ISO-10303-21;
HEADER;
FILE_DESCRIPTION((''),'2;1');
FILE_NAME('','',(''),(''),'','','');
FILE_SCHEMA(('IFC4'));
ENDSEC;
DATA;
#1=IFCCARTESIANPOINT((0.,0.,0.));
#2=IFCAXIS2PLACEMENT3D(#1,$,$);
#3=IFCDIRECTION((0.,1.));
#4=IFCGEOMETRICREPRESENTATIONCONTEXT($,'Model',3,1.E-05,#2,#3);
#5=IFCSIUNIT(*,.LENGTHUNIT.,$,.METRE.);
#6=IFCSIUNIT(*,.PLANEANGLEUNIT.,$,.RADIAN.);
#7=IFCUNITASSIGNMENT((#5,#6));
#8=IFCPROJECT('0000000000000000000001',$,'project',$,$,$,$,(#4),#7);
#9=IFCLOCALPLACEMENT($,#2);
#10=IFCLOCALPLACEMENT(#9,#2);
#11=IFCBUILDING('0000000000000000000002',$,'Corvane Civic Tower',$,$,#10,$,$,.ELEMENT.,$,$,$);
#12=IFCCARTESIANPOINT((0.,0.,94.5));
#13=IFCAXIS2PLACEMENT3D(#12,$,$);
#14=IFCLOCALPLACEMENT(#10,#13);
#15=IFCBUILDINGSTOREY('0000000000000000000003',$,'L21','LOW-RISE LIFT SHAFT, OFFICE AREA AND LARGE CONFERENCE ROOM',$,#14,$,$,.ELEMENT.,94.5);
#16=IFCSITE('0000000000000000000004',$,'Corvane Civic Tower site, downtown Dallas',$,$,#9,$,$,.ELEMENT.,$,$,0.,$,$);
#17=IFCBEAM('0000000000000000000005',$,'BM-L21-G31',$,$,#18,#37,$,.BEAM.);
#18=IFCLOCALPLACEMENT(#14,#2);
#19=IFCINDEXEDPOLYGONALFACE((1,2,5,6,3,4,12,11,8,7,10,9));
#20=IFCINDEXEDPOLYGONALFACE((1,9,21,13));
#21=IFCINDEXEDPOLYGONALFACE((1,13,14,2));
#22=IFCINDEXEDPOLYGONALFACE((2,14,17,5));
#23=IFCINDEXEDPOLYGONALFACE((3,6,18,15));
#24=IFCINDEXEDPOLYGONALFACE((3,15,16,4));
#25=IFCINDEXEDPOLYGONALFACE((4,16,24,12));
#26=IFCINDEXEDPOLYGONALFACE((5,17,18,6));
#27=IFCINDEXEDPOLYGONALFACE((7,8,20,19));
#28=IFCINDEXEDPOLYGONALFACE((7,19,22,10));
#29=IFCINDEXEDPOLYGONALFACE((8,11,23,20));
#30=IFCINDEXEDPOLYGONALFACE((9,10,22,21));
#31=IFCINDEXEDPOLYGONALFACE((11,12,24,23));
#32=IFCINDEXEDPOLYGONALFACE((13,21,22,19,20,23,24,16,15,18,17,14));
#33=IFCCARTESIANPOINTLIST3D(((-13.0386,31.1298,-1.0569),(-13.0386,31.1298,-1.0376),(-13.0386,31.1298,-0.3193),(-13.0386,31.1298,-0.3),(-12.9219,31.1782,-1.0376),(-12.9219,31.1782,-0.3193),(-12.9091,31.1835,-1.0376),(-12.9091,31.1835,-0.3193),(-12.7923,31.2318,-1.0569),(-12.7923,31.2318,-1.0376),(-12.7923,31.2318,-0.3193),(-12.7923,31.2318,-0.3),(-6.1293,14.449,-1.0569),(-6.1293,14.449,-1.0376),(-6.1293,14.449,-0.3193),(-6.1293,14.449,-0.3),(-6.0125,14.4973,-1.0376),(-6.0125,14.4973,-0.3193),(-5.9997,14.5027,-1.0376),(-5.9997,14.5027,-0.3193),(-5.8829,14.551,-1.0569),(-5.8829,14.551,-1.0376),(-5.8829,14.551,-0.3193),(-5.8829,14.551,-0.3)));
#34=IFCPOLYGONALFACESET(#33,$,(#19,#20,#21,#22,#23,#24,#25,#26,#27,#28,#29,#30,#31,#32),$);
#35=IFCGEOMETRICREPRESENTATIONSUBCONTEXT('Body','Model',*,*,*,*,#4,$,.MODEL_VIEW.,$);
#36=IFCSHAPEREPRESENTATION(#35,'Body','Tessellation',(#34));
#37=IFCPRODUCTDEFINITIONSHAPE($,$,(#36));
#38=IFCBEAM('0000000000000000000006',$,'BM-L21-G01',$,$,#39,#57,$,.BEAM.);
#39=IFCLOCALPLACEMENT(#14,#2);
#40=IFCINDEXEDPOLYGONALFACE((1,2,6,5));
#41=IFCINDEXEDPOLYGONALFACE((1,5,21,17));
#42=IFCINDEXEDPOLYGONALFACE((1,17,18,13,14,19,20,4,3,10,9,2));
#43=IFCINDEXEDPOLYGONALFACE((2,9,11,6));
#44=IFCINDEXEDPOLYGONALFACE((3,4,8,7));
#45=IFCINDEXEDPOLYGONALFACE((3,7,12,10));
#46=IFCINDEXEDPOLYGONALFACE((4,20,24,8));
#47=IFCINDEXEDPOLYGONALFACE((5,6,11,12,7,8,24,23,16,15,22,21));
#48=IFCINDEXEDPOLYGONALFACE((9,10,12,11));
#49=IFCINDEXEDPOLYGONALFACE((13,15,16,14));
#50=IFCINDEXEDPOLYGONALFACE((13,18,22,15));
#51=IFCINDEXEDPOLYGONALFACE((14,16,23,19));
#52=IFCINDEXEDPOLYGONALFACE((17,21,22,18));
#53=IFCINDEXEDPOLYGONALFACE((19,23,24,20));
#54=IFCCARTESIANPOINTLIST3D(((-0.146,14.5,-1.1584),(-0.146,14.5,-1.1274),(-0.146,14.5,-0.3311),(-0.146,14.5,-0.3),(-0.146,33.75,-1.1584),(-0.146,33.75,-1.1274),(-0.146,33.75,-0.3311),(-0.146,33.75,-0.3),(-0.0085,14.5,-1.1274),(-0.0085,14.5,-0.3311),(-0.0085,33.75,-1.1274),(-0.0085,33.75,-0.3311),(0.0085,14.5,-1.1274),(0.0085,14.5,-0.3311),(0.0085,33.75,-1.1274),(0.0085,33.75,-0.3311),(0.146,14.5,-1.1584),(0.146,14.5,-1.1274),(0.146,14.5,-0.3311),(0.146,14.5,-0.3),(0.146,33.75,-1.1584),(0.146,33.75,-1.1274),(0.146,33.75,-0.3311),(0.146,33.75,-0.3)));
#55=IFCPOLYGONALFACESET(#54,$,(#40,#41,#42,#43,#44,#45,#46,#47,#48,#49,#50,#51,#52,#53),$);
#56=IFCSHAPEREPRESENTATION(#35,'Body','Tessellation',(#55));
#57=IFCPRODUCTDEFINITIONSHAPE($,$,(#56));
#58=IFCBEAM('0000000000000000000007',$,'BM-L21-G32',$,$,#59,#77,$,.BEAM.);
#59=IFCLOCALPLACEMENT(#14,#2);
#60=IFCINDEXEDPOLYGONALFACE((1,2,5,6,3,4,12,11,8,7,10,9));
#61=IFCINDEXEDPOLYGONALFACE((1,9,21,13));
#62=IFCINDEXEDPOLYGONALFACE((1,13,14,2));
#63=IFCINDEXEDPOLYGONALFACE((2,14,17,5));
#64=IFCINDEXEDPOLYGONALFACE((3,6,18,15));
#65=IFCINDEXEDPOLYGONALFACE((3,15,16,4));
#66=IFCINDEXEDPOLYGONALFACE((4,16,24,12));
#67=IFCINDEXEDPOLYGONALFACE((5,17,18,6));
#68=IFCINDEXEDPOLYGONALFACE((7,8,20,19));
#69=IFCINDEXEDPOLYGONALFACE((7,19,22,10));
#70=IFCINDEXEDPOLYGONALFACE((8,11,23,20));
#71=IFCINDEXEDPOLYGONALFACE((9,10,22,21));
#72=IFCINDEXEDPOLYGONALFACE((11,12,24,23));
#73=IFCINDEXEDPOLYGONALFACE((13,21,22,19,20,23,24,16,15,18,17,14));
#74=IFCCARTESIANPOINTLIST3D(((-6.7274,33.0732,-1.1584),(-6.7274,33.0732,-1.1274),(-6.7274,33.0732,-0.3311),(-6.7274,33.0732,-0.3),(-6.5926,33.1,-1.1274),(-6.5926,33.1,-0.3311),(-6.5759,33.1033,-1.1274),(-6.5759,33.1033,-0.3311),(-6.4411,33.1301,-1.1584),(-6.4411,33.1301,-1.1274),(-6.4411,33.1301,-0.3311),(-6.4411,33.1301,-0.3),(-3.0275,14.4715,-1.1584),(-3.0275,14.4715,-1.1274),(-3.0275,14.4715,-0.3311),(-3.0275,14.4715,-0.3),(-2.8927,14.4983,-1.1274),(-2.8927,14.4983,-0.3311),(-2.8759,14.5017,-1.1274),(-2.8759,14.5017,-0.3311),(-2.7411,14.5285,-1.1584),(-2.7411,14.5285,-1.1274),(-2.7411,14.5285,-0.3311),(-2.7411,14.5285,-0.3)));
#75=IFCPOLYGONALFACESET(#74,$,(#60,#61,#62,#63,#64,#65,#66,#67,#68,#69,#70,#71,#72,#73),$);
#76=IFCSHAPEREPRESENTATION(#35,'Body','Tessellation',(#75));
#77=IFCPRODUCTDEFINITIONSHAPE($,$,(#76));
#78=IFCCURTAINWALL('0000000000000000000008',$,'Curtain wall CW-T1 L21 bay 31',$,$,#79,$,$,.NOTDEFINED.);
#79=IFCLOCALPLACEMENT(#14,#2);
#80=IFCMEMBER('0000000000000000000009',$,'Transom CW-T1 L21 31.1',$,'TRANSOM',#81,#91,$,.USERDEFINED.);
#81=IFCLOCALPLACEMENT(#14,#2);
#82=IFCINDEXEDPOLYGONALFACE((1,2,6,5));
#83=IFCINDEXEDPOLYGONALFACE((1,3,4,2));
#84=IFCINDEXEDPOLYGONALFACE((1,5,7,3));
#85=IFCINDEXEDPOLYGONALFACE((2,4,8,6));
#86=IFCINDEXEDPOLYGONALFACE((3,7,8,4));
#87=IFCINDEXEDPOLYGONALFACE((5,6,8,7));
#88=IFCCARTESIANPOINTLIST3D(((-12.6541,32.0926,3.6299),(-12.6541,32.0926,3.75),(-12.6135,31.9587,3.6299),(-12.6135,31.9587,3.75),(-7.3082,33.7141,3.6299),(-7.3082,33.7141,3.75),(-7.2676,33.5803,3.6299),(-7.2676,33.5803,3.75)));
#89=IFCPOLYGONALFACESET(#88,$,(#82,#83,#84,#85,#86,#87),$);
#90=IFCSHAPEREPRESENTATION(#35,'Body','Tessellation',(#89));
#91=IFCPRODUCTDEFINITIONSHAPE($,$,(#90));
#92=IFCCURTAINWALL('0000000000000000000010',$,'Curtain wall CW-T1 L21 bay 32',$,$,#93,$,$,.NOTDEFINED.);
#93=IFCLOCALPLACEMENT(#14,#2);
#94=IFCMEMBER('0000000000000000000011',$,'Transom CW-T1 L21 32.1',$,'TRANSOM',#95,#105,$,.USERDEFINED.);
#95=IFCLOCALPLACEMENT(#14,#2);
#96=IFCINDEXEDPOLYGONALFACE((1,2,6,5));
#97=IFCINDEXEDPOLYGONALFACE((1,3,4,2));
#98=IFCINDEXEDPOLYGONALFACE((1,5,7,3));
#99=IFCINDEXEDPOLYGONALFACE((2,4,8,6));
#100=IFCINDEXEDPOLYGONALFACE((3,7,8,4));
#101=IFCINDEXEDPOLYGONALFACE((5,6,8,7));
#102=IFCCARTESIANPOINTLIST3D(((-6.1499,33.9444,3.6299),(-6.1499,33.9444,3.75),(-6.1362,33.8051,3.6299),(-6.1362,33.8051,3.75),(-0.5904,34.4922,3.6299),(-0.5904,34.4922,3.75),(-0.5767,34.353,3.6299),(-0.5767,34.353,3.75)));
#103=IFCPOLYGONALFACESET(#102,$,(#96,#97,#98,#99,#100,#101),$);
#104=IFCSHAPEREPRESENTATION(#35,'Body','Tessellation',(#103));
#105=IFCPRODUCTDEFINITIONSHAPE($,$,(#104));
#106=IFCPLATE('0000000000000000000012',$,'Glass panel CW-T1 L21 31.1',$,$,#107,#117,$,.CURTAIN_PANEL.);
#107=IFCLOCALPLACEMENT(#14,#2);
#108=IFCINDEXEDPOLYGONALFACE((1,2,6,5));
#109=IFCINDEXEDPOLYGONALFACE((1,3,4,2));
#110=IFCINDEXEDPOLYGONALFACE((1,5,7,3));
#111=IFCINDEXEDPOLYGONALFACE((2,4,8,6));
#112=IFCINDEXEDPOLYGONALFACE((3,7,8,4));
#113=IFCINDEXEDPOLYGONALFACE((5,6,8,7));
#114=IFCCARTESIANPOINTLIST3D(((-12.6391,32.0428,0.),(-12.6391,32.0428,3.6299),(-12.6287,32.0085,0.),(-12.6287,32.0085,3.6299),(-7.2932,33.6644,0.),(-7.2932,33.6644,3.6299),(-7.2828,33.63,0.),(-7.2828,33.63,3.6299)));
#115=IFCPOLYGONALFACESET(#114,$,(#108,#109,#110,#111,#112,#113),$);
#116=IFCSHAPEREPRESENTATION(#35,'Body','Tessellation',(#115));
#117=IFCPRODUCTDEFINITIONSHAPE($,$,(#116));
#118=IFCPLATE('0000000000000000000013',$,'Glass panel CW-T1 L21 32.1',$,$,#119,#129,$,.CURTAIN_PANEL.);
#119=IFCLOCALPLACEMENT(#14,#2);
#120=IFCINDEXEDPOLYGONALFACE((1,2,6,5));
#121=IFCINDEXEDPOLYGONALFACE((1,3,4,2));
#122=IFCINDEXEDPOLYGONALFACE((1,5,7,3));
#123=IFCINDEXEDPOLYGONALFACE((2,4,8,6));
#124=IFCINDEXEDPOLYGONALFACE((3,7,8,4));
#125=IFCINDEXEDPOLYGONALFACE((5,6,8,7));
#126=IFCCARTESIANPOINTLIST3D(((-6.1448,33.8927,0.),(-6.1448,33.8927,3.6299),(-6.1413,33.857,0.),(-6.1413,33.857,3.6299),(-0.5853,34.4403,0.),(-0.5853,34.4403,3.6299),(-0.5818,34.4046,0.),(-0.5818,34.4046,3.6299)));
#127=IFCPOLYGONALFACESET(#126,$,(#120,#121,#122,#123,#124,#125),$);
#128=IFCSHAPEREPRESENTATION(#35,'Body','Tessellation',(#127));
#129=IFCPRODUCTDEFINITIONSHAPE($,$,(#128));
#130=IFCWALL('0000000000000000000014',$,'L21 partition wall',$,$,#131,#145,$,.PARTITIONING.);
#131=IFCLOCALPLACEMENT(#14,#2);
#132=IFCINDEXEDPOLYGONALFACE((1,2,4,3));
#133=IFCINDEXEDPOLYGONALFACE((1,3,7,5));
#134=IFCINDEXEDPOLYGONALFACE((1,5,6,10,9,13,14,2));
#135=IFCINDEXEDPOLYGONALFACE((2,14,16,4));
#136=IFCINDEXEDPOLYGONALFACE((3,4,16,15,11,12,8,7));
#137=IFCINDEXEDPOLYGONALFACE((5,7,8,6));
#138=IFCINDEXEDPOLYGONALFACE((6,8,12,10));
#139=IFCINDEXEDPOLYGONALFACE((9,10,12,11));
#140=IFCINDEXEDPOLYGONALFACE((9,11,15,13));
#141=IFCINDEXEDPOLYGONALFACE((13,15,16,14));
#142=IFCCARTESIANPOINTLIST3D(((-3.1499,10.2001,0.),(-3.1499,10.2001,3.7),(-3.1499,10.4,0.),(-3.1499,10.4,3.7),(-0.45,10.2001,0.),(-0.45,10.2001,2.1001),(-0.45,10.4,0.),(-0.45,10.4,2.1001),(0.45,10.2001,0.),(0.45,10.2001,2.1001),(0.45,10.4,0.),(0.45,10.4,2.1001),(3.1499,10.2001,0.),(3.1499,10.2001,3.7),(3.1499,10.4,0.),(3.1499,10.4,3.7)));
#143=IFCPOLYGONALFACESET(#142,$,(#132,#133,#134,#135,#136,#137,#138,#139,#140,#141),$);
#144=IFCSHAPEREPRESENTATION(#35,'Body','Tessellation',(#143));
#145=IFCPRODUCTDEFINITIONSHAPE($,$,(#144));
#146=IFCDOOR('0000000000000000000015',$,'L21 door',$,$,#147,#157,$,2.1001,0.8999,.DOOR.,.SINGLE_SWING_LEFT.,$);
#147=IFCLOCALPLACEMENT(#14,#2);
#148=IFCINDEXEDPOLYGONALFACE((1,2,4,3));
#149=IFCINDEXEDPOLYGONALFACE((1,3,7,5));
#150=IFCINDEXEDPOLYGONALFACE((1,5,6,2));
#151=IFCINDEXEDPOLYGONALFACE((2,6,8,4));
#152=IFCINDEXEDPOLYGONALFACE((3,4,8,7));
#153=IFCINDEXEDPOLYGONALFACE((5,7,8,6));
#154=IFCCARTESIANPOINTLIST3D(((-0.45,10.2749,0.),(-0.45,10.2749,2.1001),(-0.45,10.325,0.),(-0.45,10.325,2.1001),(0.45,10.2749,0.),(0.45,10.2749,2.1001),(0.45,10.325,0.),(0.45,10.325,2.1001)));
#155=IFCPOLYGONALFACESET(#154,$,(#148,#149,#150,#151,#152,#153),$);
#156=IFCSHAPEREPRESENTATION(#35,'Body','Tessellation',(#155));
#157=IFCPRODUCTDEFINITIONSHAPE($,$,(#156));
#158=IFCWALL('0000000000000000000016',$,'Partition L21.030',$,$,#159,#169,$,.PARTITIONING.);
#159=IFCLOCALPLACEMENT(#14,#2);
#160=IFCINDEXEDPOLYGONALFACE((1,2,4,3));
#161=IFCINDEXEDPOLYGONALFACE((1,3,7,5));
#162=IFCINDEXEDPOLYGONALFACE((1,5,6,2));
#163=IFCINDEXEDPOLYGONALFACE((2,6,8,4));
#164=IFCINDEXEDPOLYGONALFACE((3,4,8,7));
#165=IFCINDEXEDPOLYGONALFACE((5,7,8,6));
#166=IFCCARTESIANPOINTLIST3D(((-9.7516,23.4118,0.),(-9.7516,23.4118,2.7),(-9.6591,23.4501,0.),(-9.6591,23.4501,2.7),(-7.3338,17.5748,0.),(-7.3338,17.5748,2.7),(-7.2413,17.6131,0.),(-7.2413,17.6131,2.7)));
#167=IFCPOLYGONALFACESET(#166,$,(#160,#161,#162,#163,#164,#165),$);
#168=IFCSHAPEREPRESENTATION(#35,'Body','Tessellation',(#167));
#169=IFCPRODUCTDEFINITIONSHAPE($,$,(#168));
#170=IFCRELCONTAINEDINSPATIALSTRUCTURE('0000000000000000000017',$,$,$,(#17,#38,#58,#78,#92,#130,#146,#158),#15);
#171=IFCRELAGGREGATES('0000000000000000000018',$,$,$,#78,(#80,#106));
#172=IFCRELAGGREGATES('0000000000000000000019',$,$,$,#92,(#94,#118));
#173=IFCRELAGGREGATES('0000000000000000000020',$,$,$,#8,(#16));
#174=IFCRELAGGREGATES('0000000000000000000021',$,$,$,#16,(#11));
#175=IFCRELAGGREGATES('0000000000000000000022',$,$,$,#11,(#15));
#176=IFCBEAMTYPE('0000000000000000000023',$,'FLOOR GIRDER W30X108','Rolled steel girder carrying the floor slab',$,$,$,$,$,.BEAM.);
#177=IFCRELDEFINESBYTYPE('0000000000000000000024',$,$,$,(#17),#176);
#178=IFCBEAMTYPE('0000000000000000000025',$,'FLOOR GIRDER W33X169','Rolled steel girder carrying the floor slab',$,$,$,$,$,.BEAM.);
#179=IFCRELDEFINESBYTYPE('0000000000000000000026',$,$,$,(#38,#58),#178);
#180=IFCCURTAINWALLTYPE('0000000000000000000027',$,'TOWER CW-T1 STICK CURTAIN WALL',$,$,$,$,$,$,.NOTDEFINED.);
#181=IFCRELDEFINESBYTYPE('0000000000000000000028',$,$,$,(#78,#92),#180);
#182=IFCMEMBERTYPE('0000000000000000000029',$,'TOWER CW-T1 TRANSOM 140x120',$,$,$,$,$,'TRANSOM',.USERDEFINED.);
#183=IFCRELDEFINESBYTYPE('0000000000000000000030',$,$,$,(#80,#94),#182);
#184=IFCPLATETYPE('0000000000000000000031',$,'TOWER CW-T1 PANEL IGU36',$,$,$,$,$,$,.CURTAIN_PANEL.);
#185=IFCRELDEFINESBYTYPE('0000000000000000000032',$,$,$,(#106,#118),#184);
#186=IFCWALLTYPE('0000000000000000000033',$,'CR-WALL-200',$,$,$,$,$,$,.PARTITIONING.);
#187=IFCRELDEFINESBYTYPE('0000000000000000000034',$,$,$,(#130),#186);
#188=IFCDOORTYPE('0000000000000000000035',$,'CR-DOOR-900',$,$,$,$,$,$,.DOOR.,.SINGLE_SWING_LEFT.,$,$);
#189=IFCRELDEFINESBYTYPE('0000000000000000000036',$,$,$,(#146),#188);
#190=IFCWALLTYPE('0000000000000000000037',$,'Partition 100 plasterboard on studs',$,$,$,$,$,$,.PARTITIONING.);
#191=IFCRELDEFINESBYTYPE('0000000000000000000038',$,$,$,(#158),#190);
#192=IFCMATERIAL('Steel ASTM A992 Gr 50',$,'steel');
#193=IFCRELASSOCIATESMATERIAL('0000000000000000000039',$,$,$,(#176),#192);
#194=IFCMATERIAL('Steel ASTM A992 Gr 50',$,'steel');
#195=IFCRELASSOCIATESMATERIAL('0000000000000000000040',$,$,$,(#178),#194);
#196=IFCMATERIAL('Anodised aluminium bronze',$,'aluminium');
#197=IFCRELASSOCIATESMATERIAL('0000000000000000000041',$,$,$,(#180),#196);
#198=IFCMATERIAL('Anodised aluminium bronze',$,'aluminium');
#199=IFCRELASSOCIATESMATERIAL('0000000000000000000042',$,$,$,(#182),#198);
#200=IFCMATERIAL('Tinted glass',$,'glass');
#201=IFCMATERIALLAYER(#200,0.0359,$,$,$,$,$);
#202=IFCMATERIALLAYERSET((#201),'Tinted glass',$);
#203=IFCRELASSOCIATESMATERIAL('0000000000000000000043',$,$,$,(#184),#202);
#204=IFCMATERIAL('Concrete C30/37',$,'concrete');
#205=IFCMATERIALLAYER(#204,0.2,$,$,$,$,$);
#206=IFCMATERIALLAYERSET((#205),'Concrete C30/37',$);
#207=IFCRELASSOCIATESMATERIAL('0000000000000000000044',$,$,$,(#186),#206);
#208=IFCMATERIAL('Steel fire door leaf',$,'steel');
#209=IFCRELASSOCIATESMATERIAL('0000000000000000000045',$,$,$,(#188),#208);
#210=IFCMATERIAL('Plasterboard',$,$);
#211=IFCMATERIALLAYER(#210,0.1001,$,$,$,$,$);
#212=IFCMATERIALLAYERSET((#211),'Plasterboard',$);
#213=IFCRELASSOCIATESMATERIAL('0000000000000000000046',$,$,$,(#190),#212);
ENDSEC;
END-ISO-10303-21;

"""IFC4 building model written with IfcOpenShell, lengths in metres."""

from ifc_helpers import new_model, si_unit, direction, frame, frame_2d, origin, origin_2d, place, context, subcontext, project, spatial, rectangle, i_section, extrude, material, layer, layer_set, material_profile, profile_set, type_object, element, fill, aggregate, save


model = new_model("IFC4")

# Units and contexts
model_context = context("Model", 3, precision=1e-05, world=origin(), true_north=direction((0.0, 1.0)))
body_context = subcontext(model_context, "Body", "Model", "MODEL_VIEW")
ifc_project = project(units=[si_unit("LENGTHUNIT", "METRE"), si_unit("PLANEANGLEUNIT", "RADIAN")], contexts=[model_context])

# Site, building, storey
site_placement = place(None, origin())
site = spatial("IfcSite", under=ifc_project, at=site_placement, Name="Corvane Civic Tower site, downtown Dallas", CompositionType="ELEMENT", RefElevation=0.0)
building_placement = place(site_placement, origin())
building = spatial("IfcBuilding", under=site, at=building_placement, Name="Corvane Civic Tower", CompositionType="ELEMENT")
storey_placement = place(building_placement, frame((0.0, 0.0, 94.5)))
storey = spatial("IfcBuildingStorey", under=building, at=storey_placement, Name="L21", Description="LOW-RISE LIFT SHAFT, OFFICE AREA AND LARGE CONFERENCE ROOM", CompositionType="ELEMENT", Elevation=94.5)

# Beams
ifc_material_1 = material(Name="Steel ASTM A992 Gr 50", Category="steel")
ifc_material_profile_1 = material_profile(ifc_material_1, i_section(OverallWidth=0.2666, OverallDepth=0.7568, WebThickness=0.0139, FlangeThickness=0.0193, at=origin_2d()), Name="W30X108")
ifc_profile_set_1 = profile_set([ifc_material_profile_1], Name="Steel ASTM A992 Gr 50")
beam_type_1 = type_object("IfcBeamType", Name="FLOOR GIRDER W30X108", Description="Rolled steel girder carrying the floor slab", PredefinedType="BEAM", material=ifc_profile_set_1)
beam_1_placement = place(storey_placement, frame((-6.0061, 14.5, -0.6785), z_axis=(-0.382682, 0.92388, 0.0), x_axis=(-0.92388, -0.382682, 0.0)))
element("IfcBeam", 1, at=beam_1_placement, inside=storey, type_object=beam_type_1, Name="BM-L21-G31", PredefinedType="BEAM", context=body_context, shape_type="SweptSolid", body=[
    extrude(i_section(OverallWidth=0.2666, OverallDepth=0.7568, WebThickness=0.0139, FlangeThickness=0.0193, at=origin_2d()), origin(), (0.0, 0.0, 1.0), 18.0552),
])
ifc_material_2 = material(Name="Steel ASTM A992 Gr 50", Category="steel")
ifc_material_profile_2 = material_profile(ifc_material_2, i_section(OverallWidth=0.292, OverallDepth=0.8584, WebThickness=0.0171, FlangeThickness=0.031, at=origin_2d()), Name="W33X169")
ifc_profile_set_2 = profile_set([ifc_material_profile_2], Name="Steel ASTM A992 Gr 50")
beam_type_2 = type_object("IfcBeamType", Name="FLOOR GIRDER W33X169", Description="Rolled steel girder carrying the floor slab", PredefinedType="BEAM", material=ifc_profile_set_2)
beam_2_placement = place(storey_placement, frame((0.0, 14.5, -0.7292), z_axis=(0.0, 1.0, 0.0), x_axis=(-1.0, 0.0, 0.0)))
element("IfcBeam", 2, at=beam_2_placement, inside=storey, type_object=beam_type_2, Name="BM-L21-G01", PredefinedType="BEAM", context=body_context, shape_type="SweptSolid", body=[
    extrude(i_section(OverallWidth=0.292, OverallDepth=0.8584, WebThickness=0.0171, FlangeThickness=0.031, at=origin_2d()), origin(), (0.0, 0.0, 1.0), 19.25),
])
beam_3_placement = place(storey_placement, frame((-2.8843, 14.5, -0.7292), z_axis=(-0.195084, 0.980787, 0.0), x_axis=(-0.980787, -0.195084, 0.0)))
element("IfcBeam", 3, at=beam_3_placement, inside=storey, type_object=beam_type_2, Name="BM-L21-G32", PredefinedType="BEAM", context=body_context, shape_type="SweptSolid", body=[
    extrude(i_section(OverallWidth=0.292, OverallDepth=0.8584, WebThickness=0.0171, FlangeThickness=0.031, at=origin_2d()), origin(), (0.0, 0.0, 1.0), 18.9661),
])

# Curtain walls, members
ifc_material_3 = material(Name="Anodised aluminium bronze", Category="aluminium")
curtain_wall_type = type_object("IfcCurtainWallType", Name="TOWER CW-T1 STICK CURTAIN WALL", PredefinedType="NOTDEFINED", material=ifc_material_3)
curtain_wall_1_placement = place(storey_placement, origin())
curtain_wall_1 = element("IfcCurtainWall", 4, at=curtain_wall_1_placement, inside=storey, type_object=curtain_wall_type, Name="Curtain wall CW-T1 L21 bay 31", PredefinedType="NOTDEFINED")
ifc_material_4 = material(Name="Anodised aluminium bronze", Category="aluminium")
ifc_material_profile_3 = material_profile(ifc_material_4, rectangle(XDim=0.1399, YDim=0.1201, at=origin_2d()), Name="TOWER CW-T1 TRANSOM 140x120")
ifc_profile_set_3 = profile_set([ifc_material_profile_3], Name="Anodised aluminium bronze")
member_type = type_object("IfcMemberType", Name="TOWER CW-T1 TRANSOM 140x120", ElementType="TRANSOM", PredefinedType="USERDEFINED", material=ifc_profile_set_3)
member_1_placement = place(storey_placement, frame((-12.6338, 32.0256, 3.6899), z_axis=(0.956945, 0.290269, 0.0), x_axis=(-0.290269, 0.956945, 0.0)))
member_1 = element("IfcMember", 5, at=member_1_placement, type_object=member_type, Name="Transom CW-T1 L21 31.1", ObjectType="TRANSOM", PredefinedType="USERDEFINED", context=body_context, shape_type="SweptSolid", body=[
    extrude(rectangle(XDim=0.1399, YDim=0.1201, at=origin_2d()), origin(), (0.0, 0.0, 1.0), 5.5864),
])
curtain_wall_2_placement = place(storey_placement, origin())
curtain_wall_2 = element("IfcCurtainWall", 6, at=curtain_wall_2_placement, inside=storey, type_object=curtain_wall_type, Name="Curtain wall CW-T1 L21 bay 32", PredefinedType="NOTDEFINED")
member_2_placement = place(storey_placement, frame((-6.1431, 33.8748, 3.6899), z_axis=(0.99518, 0.098067, 0.0), x_axis=(-0.098067, 0.99518, 0.0)))
member_2 = element("IfcMember", 7, at=member_2_placement, type_object=member_type, Name="Transom CW-T1 L21 32.1", ObjectType="TRANSOM", PredefinedType="USERDEFINED", context=body_context, shape_type="SweptSolid", body=[
    extrude(rectangle(XDim=0.1399, YDim=0.1201, at=origin_2d()), origin(), (0.0, 0.0, 1.0), 5.5864),
])

# Plates
ifc_material_5 = material(Name="Tinted glass", Category="glass")
ifc_layer_1 = layer(ifc_material_5, 0.0359)
ifc_layer_set_1 = layer_set([ifc_layer_1], Name="Tinted glass")
plate_type = type_object("IfcPlateType", Name="TOWER CW-T1 PANEL IGU36", PredefinedType="CURTAIN_PANEL", material=ifc_layer_set_1)
plate_1_placement = place(storey_placement, frame((-9.9609, 32.8364, 0.0), z_axis=(0.0, 0.0, 1.0), x_axis=(0.956946, 0.290266, 0.0)))
plate_1 = element("IfcPlate", 8, at=plate_1_placement, type_object=plate_type, Name="Glass panel CW-T1 L21 31.1", PredefinedType="CURTAIN_PANEL", context=body_context, shape_type="SweptSolid", body=[
    extrude(rectangle(XDim=5.5864, YDim=0.0359, at=origin_2d()), origin(), (0.0, 0.0, 1.0), 3.6299),
])
aggregate(curtain_wall_1, [member_1, plate_1])
plate_2_placement = place(storey_placement, frame((-3.3633, 34.1487, 0.0), z_axis=(0.0, 0.0, 1.0), x_axis=(0.995184, 0.098027, 0.0)))
plate_2 = element("IfcPlate", 9, at=plate_2_placement, type_object=plate_type, Name="Glass panel CW-T1 L21 32.1", PredefinedType="CURTAIN_PANEL", context=body_context, shape_type="SweptSolid", body=[
    extrude(rectangle(XDim=5.5864, YDim=0.0359, at=origin_2d()), origin(), (0.0, 0.0, 1.0), 3.6299),
])
aggregate(curtain_wall_2, [member_2, plate_2])

# Wall, opening, door
ifc_material_6 = material(Name="Concrete C30/37", Category="concrete")
ifc_layer_2 = layer(ifc_material_6, 0.2)
ifc_layer_set_2 = layer_set([ifc_layer_2], Name="Concrete C30/37")
wall_type_1 = type_object("IfcWallType", Name="CR-WALL-200", PredefinedType="PARTITIONING", material=ifc_layer_set_2)
wall_1_placement = place(storey_placement, frame((-3.1499, 10.3, 0.0), z_axis=(0.0, 0.0, 1.0), x_axis=(1.0, 0.0, 0.0)))
wall_1 = element("IfcWall", 10, at=wall_1_placement, inside=storey, type_object=wall_type_1, Name="L21 partition wall", PredefinedType="PARTITIONING", context=body_context, shape_type="SweptSolid", body=[
    extrude(rectangle(XDim=6.2998, YDim=0.2, at=frame_2d((3.1499, 0.0))), origin(), (0.0, 0.0, 1.0), 3.7),
])
opening_placement = place(wall_1_placement, frame((2.7, 0.0, 0.0)))
opening = element("IfcOpeningElement", 11, at=opening_placement, cuts=wall_1, PredefinedType="OPENING", context=body_context, shape_type="SweptSolid", body=[
    extrude(rectangle(XDim=0.8999, YDim=2.1001, at=frame_2d((0.45, 1.05))), frame((0.0, 0.1099, 0.0), z_axis=(0.0, -1.0, 0.0), x_axis=(1.0, 0.0, 0.0)), (0.0, 0.0, 1.0), 0.22),
])
ifc_material_7 = material(Name="Steel fire door leaf", Category="steel")
door_type = type_object("IfcDoorType", Name="CR-DOOR-900", OperationType="SINGLE_SWING_LEFT", PredefinedType="DOOR", material=ifc_material_7)
door_placement = place(opening_placement, origin())
door = element("IfcDoor", 12, at=door_placement, inside=storey, type_object=door_type, Name="L21 door", OperationType="SINGLE_SWING_LEFT", OverallHeight=2.1001, OverallWidth=0.8999, PredefinedType="DOOR", context=body_context, shape_type="SweptSolid", body=[
    extrude(rectangle(XDim=0.8999, YDim=2.1001, at=frame_2d((0.45, 1.05))), frame((0.0, 0.0249, 0.0), z_axis=(0.0, -1.0, 0.0), x_axis=(1.0, 0.0, 0.0)), (0.0, 0.0, 1.0), 0.05),
])
fill(opening, door)

# Wall
ifc_material_8 = material(Name="Plasterboard")
ifc_layer_3 = layer(ifc_material_8, 0.1001)
ifc_layer_set_3 = layer_set([ifc_layer_3], Name="Plasterboard")
wall_type_2 = type_object("IfcWallType", Name="Partition 100 plasterboard on studs", PredefinedType="PARTITIONING", material=ifc_layer_set_3)
wall_2_placement = place(storey_placement, frame((-9.7053, 23.4309, 0.0), z_axis=(0.0, 0.0, 1.0), x_axis=(0.382683, -0.92388, 0.0)))
element("IfcWall", 13, at=wall_2_placement, inside=storey, type_object=wall_type_2, Name="Partition L21.030", PredefinedType="PARTITIONING", context=body_context, shape_type="SweptSolid", body=[
    extrude(rectangle(XDim=6.3179, YDim=0.1001, at=frame_2d((3.1589, 0.0))), origin(), (0.0, 0.0, 1.0), 2.7),
])

save(model, "model.ifc")
